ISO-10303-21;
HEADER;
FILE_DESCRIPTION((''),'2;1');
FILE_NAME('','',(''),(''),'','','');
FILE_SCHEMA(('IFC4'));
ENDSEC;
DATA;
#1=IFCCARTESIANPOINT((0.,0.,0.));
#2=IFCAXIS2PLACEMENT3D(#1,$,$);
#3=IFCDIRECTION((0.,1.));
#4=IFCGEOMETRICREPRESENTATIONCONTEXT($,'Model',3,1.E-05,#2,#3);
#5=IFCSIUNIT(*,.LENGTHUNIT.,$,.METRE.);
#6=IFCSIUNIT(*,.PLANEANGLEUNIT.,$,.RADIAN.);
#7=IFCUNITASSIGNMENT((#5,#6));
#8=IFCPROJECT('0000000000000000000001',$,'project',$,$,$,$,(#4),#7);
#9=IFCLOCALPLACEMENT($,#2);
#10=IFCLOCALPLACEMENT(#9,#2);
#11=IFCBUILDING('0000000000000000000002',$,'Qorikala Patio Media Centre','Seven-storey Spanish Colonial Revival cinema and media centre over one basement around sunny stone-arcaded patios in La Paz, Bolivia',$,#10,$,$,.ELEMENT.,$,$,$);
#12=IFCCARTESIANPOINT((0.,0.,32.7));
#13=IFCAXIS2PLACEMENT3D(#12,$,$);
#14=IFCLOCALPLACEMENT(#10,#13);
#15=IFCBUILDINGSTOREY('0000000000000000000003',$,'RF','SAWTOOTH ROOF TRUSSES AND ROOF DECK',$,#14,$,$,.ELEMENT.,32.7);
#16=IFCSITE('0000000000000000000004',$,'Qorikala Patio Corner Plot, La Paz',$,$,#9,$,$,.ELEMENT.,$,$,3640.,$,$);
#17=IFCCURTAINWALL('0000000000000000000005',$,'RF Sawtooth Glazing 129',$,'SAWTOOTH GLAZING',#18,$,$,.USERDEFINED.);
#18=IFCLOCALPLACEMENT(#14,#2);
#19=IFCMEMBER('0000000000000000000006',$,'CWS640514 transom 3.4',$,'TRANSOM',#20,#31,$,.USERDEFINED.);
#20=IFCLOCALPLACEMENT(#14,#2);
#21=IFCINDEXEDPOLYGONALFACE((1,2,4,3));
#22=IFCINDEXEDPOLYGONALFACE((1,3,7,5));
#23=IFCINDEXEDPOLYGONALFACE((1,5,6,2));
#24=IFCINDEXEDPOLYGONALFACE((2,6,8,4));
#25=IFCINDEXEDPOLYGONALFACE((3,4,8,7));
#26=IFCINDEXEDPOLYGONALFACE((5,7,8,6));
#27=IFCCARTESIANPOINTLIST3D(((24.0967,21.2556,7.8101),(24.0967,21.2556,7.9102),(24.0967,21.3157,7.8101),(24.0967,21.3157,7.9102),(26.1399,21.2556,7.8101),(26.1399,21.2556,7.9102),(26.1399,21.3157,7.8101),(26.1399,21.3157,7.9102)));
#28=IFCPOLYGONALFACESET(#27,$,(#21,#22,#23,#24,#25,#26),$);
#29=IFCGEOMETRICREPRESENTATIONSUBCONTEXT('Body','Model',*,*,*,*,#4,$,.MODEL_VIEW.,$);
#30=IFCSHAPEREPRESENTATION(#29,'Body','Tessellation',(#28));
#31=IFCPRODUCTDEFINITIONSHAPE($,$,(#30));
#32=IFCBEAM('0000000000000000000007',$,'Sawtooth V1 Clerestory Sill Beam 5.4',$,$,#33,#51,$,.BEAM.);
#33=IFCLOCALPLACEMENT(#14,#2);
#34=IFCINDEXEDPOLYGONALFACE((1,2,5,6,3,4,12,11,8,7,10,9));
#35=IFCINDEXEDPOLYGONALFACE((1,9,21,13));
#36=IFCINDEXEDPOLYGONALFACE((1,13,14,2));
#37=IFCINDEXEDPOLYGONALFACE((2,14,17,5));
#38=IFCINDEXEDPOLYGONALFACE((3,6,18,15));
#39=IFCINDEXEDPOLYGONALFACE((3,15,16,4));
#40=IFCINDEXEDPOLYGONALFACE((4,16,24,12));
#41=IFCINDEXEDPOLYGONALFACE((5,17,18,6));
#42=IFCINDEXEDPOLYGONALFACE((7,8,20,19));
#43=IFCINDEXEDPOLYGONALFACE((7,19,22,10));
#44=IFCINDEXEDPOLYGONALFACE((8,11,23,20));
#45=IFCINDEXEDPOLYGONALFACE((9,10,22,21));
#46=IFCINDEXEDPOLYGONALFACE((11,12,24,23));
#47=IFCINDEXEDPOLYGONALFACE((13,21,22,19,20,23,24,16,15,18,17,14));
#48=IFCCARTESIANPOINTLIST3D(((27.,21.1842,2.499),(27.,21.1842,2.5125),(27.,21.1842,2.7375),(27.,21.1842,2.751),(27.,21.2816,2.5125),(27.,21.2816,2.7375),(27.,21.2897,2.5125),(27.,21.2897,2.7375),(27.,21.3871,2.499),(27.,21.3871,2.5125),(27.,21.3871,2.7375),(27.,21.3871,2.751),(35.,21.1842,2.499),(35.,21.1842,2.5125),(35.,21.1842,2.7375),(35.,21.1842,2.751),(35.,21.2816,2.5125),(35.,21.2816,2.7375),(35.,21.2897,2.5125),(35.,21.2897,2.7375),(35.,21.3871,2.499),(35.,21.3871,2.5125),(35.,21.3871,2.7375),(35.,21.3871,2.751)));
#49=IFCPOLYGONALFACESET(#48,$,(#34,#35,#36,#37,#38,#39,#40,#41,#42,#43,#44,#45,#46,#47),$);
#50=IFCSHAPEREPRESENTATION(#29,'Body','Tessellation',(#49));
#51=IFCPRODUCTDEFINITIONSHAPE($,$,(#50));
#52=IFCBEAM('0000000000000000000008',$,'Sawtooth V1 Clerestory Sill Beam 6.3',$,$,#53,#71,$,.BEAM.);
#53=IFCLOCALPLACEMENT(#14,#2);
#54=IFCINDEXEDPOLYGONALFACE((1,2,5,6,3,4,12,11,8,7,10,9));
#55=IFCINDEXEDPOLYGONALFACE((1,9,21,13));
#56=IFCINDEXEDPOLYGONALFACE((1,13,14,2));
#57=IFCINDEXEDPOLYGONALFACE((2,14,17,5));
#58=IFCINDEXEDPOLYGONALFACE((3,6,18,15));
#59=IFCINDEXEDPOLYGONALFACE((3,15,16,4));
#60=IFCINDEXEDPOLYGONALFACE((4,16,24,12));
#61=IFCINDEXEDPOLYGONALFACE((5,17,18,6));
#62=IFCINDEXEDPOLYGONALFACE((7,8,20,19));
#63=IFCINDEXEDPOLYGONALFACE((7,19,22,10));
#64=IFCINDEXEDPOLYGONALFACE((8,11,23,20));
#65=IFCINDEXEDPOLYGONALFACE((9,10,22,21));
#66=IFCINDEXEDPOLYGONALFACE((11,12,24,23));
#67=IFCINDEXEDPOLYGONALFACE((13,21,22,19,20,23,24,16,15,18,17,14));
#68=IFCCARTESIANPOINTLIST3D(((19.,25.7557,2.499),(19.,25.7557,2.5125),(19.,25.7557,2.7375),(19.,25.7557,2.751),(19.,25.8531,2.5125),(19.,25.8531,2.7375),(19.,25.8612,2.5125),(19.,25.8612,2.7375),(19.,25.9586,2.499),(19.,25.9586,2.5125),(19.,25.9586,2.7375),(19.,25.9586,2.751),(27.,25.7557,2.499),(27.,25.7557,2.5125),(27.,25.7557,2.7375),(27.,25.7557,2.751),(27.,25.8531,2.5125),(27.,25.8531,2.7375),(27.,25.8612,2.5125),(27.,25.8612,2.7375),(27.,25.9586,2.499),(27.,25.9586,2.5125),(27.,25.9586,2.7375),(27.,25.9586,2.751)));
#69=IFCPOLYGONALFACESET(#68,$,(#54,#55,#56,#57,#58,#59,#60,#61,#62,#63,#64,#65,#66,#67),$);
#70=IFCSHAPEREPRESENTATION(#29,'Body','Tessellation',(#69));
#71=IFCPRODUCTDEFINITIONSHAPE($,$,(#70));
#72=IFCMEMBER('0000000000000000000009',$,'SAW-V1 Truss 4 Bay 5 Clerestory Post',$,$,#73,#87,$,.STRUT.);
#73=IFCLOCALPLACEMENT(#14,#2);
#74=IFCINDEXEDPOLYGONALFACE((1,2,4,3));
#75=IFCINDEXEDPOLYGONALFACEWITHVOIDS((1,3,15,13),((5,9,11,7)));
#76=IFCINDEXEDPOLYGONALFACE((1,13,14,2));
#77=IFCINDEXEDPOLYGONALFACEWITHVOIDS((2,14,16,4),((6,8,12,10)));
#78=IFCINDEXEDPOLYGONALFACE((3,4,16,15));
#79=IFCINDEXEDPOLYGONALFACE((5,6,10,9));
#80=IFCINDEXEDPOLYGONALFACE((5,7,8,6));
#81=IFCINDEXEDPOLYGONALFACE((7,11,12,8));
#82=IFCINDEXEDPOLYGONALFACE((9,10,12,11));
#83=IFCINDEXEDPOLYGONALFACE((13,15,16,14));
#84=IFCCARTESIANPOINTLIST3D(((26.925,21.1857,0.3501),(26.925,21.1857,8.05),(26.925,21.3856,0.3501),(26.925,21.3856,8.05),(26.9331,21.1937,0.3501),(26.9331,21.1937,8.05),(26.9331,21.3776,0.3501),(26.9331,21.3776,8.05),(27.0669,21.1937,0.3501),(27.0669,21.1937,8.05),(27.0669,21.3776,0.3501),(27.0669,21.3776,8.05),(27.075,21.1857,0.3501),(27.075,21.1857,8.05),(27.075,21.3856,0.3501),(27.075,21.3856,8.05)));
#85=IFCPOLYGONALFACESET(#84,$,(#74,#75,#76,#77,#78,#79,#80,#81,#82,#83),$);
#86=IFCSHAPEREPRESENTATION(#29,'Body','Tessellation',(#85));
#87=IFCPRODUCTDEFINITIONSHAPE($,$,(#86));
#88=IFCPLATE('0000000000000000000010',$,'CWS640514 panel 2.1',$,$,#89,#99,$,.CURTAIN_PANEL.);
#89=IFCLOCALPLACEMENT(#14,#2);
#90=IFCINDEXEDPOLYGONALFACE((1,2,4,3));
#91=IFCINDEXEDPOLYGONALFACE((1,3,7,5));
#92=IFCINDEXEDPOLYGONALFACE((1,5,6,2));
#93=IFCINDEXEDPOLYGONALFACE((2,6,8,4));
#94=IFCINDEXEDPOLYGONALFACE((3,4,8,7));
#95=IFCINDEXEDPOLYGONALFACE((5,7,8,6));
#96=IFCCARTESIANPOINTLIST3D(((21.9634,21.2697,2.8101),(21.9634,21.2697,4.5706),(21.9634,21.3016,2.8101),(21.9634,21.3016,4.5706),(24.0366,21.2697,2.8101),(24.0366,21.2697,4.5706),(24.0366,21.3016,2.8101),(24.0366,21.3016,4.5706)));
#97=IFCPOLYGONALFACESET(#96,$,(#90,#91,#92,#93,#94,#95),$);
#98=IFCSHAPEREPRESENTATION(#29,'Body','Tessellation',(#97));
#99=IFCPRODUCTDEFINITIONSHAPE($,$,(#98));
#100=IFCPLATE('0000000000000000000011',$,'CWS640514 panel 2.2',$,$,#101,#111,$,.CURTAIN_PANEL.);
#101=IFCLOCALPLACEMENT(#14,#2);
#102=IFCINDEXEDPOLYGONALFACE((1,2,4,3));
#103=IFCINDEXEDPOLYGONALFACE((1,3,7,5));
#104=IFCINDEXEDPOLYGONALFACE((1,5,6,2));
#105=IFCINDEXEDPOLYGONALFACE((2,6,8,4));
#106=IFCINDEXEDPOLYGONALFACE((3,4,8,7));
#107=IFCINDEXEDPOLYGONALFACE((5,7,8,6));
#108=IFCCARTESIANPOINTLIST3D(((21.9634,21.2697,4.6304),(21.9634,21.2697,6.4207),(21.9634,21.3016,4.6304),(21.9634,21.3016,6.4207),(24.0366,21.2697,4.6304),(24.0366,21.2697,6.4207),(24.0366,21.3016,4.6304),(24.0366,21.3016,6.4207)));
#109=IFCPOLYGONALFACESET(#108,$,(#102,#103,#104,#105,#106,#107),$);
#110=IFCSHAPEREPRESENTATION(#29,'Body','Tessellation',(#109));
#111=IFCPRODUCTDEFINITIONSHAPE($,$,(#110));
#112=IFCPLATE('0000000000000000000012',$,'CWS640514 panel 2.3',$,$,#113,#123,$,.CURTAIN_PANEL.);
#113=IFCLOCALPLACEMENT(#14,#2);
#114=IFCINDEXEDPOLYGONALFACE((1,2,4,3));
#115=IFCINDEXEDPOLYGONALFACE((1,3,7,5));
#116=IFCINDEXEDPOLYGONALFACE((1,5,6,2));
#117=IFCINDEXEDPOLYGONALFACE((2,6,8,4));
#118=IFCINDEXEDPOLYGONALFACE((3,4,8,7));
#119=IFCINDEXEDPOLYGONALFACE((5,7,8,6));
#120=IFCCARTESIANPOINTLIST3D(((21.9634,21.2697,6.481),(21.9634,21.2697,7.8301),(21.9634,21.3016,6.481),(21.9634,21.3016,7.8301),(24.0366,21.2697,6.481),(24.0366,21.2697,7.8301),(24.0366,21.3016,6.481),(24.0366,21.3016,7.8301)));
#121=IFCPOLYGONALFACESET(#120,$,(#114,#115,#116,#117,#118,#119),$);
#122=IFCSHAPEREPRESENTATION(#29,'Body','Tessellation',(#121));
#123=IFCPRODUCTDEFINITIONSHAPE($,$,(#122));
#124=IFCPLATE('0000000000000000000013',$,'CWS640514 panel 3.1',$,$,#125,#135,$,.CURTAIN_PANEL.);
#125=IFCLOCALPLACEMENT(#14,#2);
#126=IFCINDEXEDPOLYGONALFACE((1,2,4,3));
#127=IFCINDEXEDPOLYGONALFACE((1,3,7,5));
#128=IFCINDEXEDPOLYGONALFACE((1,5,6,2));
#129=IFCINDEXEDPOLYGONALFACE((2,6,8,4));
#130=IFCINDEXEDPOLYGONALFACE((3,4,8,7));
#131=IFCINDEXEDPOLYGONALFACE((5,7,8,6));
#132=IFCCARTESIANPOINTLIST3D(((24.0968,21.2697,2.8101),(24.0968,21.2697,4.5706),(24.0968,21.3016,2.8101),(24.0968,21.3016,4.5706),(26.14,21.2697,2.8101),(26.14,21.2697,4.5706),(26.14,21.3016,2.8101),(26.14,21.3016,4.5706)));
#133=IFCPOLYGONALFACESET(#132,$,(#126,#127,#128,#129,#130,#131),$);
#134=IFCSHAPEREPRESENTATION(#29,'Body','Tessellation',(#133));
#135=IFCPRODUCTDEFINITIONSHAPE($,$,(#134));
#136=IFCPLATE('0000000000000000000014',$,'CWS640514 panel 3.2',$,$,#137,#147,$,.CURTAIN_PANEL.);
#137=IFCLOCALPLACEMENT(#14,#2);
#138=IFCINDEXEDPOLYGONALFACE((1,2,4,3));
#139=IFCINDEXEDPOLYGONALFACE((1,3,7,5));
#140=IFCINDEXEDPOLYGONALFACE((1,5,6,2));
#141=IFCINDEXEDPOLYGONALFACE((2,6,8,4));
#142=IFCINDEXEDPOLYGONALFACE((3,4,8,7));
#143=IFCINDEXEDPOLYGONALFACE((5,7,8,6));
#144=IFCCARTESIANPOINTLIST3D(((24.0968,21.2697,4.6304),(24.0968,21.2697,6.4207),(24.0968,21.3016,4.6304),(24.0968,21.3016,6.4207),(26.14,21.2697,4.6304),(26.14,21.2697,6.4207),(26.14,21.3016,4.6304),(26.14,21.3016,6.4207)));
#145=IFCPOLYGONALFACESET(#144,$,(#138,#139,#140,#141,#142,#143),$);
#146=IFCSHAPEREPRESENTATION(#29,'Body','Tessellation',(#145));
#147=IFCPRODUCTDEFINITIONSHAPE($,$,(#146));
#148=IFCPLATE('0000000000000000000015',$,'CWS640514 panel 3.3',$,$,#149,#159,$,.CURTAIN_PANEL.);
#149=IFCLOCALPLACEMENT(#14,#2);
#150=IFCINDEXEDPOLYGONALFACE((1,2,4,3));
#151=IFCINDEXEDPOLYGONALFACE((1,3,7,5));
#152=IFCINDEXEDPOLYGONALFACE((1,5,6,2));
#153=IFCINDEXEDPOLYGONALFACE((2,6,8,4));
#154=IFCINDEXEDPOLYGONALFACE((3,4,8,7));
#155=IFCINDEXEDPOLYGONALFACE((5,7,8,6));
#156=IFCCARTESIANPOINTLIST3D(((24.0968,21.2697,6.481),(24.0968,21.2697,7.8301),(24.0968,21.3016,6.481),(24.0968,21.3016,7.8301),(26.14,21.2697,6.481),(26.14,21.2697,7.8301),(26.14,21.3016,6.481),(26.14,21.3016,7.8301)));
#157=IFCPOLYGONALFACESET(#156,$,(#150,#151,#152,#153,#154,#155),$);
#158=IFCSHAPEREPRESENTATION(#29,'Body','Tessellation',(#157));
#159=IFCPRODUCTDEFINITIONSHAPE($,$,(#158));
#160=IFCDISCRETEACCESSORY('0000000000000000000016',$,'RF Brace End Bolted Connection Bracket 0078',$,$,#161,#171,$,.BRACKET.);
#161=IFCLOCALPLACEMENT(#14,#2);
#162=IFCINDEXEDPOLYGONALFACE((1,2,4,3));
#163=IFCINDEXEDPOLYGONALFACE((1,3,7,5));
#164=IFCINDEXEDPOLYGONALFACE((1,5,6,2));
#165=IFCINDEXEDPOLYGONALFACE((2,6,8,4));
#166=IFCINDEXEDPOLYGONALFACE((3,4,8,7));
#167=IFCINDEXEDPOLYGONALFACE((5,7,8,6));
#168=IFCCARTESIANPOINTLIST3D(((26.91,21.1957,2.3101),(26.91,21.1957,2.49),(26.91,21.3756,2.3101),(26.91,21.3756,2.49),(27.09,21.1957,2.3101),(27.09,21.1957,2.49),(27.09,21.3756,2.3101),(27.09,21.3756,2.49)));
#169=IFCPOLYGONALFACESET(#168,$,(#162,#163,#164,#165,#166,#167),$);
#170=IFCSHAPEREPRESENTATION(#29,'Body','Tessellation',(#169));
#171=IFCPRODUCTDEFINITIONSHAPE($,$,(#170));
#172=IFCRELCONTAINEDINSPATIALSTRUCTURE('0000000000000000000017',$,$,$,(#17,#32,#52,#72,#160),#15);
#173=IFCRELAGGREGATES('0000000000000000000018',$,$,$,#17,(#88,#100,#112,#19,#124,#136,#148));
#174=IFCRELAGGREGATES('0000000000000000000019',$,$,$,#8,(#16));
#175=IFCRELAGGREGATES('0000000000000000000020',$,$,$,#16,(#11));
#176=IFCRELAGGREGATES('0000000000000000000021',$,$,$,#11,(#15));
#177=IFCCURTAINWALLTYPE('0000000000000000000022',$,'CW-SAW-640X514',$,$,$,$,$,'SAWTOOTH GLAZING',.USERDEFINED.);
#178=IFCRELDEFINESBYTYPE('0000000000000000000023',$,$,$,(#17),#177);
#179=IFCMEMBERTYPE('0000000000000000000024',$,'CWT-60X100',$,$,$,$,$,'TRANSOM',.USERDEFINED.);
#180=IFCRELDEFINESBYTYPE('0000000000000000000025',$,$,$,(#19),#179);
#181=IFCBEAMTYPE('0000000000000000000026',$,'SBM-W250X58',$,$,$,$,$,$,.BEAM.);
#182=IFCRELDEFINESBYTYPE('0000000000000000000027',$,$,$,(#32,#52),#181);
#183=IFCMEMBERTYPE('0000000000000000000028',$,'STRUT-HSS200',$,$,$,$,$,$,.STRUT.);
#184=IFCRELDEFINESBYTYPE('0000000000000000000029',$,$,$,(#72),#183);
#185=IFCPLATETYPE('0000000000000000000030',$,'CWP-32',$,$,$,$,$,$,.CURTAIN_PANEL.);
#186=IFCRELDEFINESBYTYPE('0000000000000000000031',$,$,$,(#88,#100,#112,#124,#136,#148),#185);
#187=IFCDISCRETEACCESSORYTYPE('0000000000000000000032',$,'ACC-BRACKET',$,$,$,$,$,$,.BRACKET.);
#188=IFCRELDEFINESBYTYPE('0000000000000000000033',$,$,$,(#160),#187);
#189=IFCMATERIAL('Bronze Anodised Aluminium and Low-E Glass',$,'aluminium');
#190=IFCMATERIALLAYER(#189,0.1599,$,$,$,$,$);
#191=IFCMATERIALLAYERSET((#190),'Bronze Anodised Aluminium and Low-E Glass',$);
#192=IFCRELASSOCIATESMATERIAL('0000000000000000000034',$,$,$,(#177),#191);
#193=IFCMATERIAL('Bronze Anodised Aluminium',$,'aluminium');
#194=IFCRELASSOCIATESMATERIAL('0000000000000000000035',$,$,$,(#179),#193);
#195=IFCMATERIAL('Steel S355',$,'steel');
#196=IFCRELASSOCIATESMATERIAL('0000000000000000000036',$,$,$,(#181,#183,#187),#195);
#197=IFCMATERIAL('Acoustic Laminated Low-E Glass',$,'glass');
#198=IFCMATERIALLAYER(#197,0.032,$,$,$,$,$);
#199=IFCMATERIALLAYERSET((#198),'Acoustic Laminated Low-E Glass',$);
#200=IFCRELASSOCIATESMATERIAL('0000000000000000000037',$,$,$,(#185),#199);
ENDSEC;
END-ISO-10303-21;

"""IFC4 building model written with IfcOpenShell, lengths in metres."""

from ifc_helpers import new_model, si_unit, direction, frame, origin, origin_2d, place, context, subcontext, project, spatial, rectangle, hollow_rectangle, i_section, extrude, material, layer, layer_set, material_profile, profile_set, type_object, element, aggregate, save


model = new_model("IFC4")

# Units and contexts
model_context = context("Model", 3, precision=1e-05, world=origin(), true_north=direction((0.0, 1.0)))
body_context = subcontext(model_context, "Body", "Model", "MODEL_VIEW")
ifc_project = project(units=[si_unit("LENGTHUNIT", "METRE"), si_unit("PLANEANGLEUNIT", "RADIAN")], contexts=[model_context])

# Site, building, storey
site_placement = place(None, origin())
site = spatial("IfcSite", under=ifc_project, at=site_placement, Name="Qorikala Patio Corner Plot, La Paz", CompositionType="ELEMENT", RefElevation=3640.0)
building_placement = place(site_placement, origin())
building = spatial("IfcBuilding", under=site, at=building_placement, Name="Qorikala Patio Media Centre", Description="Seven-storey Spanish Colonial Revival cinema and media centre over one basement around sunny stone-arcaded patios in La Paz, Bolivia", CompositionType="ELEMENT")
storey_placement = place(building_placement, frame((0.0, 0.0, 32.7)))
storey = spatial("IfcBuildingStorey", under=building, at=storey_placement, Name="RF", Description="SAWTOOTH ROOF TRUSSES AND ROOF DECK", CompositionType="ELEMENT", Elevation=32.7)

# Shared definitions
ifc_material_1 = material(Name="Steel S355", Category="steel")

# Curtain wall
ifc_material_2 = material(Name="Bronze Anodised Aluminium and Low-E Glass", Category="aluminium")
ifc_layer_1 = layer(ifc_material_2, 0.1599)
ifc_layer_set_1 = layer_set([ifc_layer_1], Name="Bronze Anodised Aluminium and Low-E Glass")
curtain_wall_type_1 = type_object("IfcCurtainWallType", Name="CW-SAW-640X514", ElementType="SAWTOOTH GLAZING", PredefinedType="USERDEFINED", material=ifc_layer_set_1)
curtain_wall_1_placement = place(storey_placement, origin())
curtain_wall_1 = element("IfcCurtainWall", 1, at=curtain_wall_1_placement, inside=storey, type_object=curtain_wall_type_1, Name="RF Sawtooth Glazing 129", ObjectType="SAWTOOTH GLAZING", PredefinedType="USERDEFINED")
ifc_material_3 = material(Name="Bronze Anodised Aluminium", Category="aluminium")

# Member
ifc_material_profile_1 = material_profile(ifc_material_3, rectangle(XDim=0.0601, YDim=0.1001, at=origin_2d()), Name="ALU TRANSOM 60x100")
ifc_profile_set_1 = profile_set([ifc_material_profile_1], Name="Bronze Anodised Aluminium")
member_type_1 = type_object("IfcMemberType", Name="CWT-60X100", ElementType="TRANSOM", PredefinedType="USERDEFINED", material=ifc_profile_set_1)
member_1_placement = place(storey_placement, frame((24.0967, 21.2856, 7.8601), z_axis=(1.0, 0.0, 0.0), x_axis=(0.0, 1.0, 0.0)))
member_1 = element("IfcMember", 2, at=member_1_placement, type_object=member_type_1, Name="CWS640514 transom 3.4", ObjectType="TRANSOM", PredefinedType="USERDEFINED", context=body_context, shape_type="SweptSolid", body=[
    extrude(rectangle(XDim=0.0601, YDim=0.1001, at=origin_2d()), origin(), (0.0, 0.0, 1.0), 2.0432),
])

# Beams
ifc_material_profile_2 = material_profile(ifc_material_1, i_section(OverallWidth=0.2029, OverallDepth=0.252, WebThickness=0.0081, FlangeThickness=0.0134, at=origin_2d()), Name="W250X58")
ifc_profile_set_2 = profile_set([ifc_material_profile_2], Name="Steel S355")
beam_type = type_object("IfcBeamType", Name="SBM-W250X58", PredefinedType="BEAM", material=ifc_profile_set_2)
for number, where, z_axis, x_axis, name in (
    (3, (27.0, 21.2856, 2.625), (1.0, 0.0, 0.0), (0.0, 1.0, 0.0), "Sawtooth V1 Clerestory Sill Beam 5.4"),
    (4, (19.0, 25.8572, 2.625), (1.0, 0.0, 0.0), (0.0, 1.0, 0.0), "Sawtooth V1 Clerestory Sill Beam 6.3"),
):
    element("IfcBeam", number, at=place(storey_placement, frame(where, z_axis=z_axis, x_axis=x_axis)), inside=storey, type_object=beam_type, Name=name, PredefinedType="BEAM", context=body_context, shape_type="SweptSolid", body=[
        extrude(i_section(OverallWidth=0.2029, OverallDepth=0.252, WebThickness=0.0081, FlangeThickness=0.0134, at=origin_2d()), origin(), (0.0, 0.0, 1.0), 8.0),
    ])

# Member
ifc_material_profile_3 = material_profile(ifc_material_1, hollow_rectangle(XDim=0.1499, YDim=0.2, WallThickness=0.0081, at=origin_2d()), Name="HSS200X150X8")
ifc_profile_set_3 = profile_set([ifc_material_profile_3], Name="Steel S355")
member_type_2 = type_object("IfcMemberType", Name="STRUT-HSS200", PredefinedType="STRUT", material=ifc_profile_set_3)
member_2_placement = place(storey_placement, frame((27.0, 21.2856, 0.3501), z_axis=(0.0, 0.0, 1.0), x_axis=(1.0, 0.0, 0.0)))
element("IfcMember", 5, at=member_2_placement, inside=storey, type_object=member_type_2, Name="SAW-V1 Truss 4 Bay 5 Clerestory Post", PredefinedType="STRUT", context=body_context, shape_type="SweptSolid", body=[
    extrude(hollow_rectangle(XDim=0.1499, YDim=0.2, WallThickness=0.0081, at=origin_2d()), origin(), (0.0, 0.0, 1.0), 7.7),
])

# Plates
ifc_material_4 = material(Name="Acoustic Laminated Low-E Glass", Category="glass")
ifc_layer_2 = layer(ifc_material_4, 0.032)
ifc_layer_set_2 = layer_set([ifc_layer_2], Name="Acoustic Laminated Low-E Glass")
plate_type = type_object("IfcPlateType", Name="CWP-32", PredefinedType="CURTAIN_PANEL", material=ifc_layer_set_2)
plate_1_placement = place(storey_placement, frame((23.0, 21.2856, 2.8101), z_axis=(0.0, 0.0, 1.0), x_axis=(1.0, 0.0, 0.0)))
plate_1 = element("IfcPlate", 6, at=plate_1_placement, type_object=plate_type, Name="CWS640514 panel 2.1", PredefinedType="CURTAIN_PANEL", context=body_context, shape_type="SweptSolid", body=[
    extrude(rectangle(XDim=2.0732, YDim=0.032, at=origin_2d()), origin(), (0.0, 0.0, 1.0), 1.7605),
])
plate_2_placement = place(storey_placement, frame((23.0, 21.2856, 4.6304), z_axis=(0.0, 0.0, 1.0), x_axis=(1.0, 0.0, 0.0)))
plate_2 = element("IfcPlate", 7, at=plate_2_placement, type_object=plate_type, Name="CWS640514 panel 2.2", PredefinedType="CURTAIN_PANEL", context=body_context, shape_type="SweptSolid", body=[
    extrude(rectangle(XDim=2.0732, YDim=0.032, at=origin_2d()), origin(), (0.0, 0.0, 1.0), 1.7903),
])
plate_3_placement = place(storey_placement, frame((23.0, 21.2856, 6.481), z_axis=(0.0, 0.0, 1.0), x_axis=(1.0, 0.0, 0.0)))
plate_3 = element("IfcPlate", 8, at=plate_3_placement, type_object=plate_type, Name="CWS640514 panel 2.3", PredefinedType="CURTAIN_PANEL", context=body_context, shape_type="SweptSolid", body=[
    extrude(rectangle(XDim=2.0732, YDim=0.032, at=origin_2d()), origin(), (0.0, 0.0, 1.0), 1.3491),
])
plate_4_placement = place(storey_placement, frame((25.1184, 21.2856, 2.8101), z_axis=(0.0, 0.0, 1.0), x_axis=(1.0, 0.0, 0.0)))
plate_4 = element("IfcPlate", 9, at=plate_4_placement, type_object=plate_type, Name="CWS640514 panel 3.1", PredefinedType="CURTAIN_PANEL", context=body_context, shape_type="SweptSolid", body=[
    extrude(rectangle(XDim=2.0432, YDim=0.032, at=origin_2d()), origin(), (0.0, 0.0, 1.0), 1.7605),
])
plate_5_placement = place(storey_placement, frame((25.1184, 21.2856, 4.6304), z_axis=(0.0, 0.0, 1.0), x_axis=(1.0, 0.0, 0.0)))
plate_5 = element("IfcPlate", 10, at=plate_5_placement, type_object=plate_type, Name="CWS640514 panel 3.2", PredefinedType="CURTAIN_PANEL", context=body_context, shape_type="SweptSolid", body=[
    extrude(rectangle(XDim=2.0432, YDim=0.032, at=origin_2d()), origin(), (0.0, 0.0, 1.0), 1.7903),
])
plate_6_placement = place(storey_placement, frame((25.1184, 21.2856, 6.481), z_axis=(0.0, 0.0, 1.0), x_axis=(1.0, 0.0, 0.0)))
plate_6 = element("IfcPlate", 11, at=plate_6_placement, type_object=plate_type, Name="CWS640514 panel 3.3", PredefinedType="CURTAIN_PANEL", context=body_context, shape_type="SweptSolid", body=[
    extrude(rectangle(XDim=2.0432, YDim=0.032, at=origin_2d()), origin(), (0.0, 0.0, 1.0), 1.3491),
])
aggregate(curtain_wall_1, [plate_1, plate_2, plate_3, member_1, plate_4, plate_5, plate_6])

# Discrete accessory
discrete_accessory_type = type_object("IfcDiscreteAccessoryType", Name="ACC-BRACKET", PredefinedType="BRACKET", material=ifc_material_1)
discrete_accessory_placement = place(storey_placement, frame((27.0, 21.2856, 2.3101), z_axis=(0.0, 0.0, 1.0), x_axis=(1.0, 0.0, 0.0)))
element("IfcDiscreteAccessory", 12, at=discrete_accessory_placement, inside=storey, type_object=discrete_accessory_type, Name="RF Brace End Bolted Connection Bracket 0078", PredefinedType="BRACKET", context=body_context, shape_type="SweptSolid", body=[
    extrude(rectangle(XDim=0.1799, YDim=0.1799, at=origin_2d()), origin(), (0.0, 0.0, 1.0), 0.1799),
])

save(model, "model.ifc")
